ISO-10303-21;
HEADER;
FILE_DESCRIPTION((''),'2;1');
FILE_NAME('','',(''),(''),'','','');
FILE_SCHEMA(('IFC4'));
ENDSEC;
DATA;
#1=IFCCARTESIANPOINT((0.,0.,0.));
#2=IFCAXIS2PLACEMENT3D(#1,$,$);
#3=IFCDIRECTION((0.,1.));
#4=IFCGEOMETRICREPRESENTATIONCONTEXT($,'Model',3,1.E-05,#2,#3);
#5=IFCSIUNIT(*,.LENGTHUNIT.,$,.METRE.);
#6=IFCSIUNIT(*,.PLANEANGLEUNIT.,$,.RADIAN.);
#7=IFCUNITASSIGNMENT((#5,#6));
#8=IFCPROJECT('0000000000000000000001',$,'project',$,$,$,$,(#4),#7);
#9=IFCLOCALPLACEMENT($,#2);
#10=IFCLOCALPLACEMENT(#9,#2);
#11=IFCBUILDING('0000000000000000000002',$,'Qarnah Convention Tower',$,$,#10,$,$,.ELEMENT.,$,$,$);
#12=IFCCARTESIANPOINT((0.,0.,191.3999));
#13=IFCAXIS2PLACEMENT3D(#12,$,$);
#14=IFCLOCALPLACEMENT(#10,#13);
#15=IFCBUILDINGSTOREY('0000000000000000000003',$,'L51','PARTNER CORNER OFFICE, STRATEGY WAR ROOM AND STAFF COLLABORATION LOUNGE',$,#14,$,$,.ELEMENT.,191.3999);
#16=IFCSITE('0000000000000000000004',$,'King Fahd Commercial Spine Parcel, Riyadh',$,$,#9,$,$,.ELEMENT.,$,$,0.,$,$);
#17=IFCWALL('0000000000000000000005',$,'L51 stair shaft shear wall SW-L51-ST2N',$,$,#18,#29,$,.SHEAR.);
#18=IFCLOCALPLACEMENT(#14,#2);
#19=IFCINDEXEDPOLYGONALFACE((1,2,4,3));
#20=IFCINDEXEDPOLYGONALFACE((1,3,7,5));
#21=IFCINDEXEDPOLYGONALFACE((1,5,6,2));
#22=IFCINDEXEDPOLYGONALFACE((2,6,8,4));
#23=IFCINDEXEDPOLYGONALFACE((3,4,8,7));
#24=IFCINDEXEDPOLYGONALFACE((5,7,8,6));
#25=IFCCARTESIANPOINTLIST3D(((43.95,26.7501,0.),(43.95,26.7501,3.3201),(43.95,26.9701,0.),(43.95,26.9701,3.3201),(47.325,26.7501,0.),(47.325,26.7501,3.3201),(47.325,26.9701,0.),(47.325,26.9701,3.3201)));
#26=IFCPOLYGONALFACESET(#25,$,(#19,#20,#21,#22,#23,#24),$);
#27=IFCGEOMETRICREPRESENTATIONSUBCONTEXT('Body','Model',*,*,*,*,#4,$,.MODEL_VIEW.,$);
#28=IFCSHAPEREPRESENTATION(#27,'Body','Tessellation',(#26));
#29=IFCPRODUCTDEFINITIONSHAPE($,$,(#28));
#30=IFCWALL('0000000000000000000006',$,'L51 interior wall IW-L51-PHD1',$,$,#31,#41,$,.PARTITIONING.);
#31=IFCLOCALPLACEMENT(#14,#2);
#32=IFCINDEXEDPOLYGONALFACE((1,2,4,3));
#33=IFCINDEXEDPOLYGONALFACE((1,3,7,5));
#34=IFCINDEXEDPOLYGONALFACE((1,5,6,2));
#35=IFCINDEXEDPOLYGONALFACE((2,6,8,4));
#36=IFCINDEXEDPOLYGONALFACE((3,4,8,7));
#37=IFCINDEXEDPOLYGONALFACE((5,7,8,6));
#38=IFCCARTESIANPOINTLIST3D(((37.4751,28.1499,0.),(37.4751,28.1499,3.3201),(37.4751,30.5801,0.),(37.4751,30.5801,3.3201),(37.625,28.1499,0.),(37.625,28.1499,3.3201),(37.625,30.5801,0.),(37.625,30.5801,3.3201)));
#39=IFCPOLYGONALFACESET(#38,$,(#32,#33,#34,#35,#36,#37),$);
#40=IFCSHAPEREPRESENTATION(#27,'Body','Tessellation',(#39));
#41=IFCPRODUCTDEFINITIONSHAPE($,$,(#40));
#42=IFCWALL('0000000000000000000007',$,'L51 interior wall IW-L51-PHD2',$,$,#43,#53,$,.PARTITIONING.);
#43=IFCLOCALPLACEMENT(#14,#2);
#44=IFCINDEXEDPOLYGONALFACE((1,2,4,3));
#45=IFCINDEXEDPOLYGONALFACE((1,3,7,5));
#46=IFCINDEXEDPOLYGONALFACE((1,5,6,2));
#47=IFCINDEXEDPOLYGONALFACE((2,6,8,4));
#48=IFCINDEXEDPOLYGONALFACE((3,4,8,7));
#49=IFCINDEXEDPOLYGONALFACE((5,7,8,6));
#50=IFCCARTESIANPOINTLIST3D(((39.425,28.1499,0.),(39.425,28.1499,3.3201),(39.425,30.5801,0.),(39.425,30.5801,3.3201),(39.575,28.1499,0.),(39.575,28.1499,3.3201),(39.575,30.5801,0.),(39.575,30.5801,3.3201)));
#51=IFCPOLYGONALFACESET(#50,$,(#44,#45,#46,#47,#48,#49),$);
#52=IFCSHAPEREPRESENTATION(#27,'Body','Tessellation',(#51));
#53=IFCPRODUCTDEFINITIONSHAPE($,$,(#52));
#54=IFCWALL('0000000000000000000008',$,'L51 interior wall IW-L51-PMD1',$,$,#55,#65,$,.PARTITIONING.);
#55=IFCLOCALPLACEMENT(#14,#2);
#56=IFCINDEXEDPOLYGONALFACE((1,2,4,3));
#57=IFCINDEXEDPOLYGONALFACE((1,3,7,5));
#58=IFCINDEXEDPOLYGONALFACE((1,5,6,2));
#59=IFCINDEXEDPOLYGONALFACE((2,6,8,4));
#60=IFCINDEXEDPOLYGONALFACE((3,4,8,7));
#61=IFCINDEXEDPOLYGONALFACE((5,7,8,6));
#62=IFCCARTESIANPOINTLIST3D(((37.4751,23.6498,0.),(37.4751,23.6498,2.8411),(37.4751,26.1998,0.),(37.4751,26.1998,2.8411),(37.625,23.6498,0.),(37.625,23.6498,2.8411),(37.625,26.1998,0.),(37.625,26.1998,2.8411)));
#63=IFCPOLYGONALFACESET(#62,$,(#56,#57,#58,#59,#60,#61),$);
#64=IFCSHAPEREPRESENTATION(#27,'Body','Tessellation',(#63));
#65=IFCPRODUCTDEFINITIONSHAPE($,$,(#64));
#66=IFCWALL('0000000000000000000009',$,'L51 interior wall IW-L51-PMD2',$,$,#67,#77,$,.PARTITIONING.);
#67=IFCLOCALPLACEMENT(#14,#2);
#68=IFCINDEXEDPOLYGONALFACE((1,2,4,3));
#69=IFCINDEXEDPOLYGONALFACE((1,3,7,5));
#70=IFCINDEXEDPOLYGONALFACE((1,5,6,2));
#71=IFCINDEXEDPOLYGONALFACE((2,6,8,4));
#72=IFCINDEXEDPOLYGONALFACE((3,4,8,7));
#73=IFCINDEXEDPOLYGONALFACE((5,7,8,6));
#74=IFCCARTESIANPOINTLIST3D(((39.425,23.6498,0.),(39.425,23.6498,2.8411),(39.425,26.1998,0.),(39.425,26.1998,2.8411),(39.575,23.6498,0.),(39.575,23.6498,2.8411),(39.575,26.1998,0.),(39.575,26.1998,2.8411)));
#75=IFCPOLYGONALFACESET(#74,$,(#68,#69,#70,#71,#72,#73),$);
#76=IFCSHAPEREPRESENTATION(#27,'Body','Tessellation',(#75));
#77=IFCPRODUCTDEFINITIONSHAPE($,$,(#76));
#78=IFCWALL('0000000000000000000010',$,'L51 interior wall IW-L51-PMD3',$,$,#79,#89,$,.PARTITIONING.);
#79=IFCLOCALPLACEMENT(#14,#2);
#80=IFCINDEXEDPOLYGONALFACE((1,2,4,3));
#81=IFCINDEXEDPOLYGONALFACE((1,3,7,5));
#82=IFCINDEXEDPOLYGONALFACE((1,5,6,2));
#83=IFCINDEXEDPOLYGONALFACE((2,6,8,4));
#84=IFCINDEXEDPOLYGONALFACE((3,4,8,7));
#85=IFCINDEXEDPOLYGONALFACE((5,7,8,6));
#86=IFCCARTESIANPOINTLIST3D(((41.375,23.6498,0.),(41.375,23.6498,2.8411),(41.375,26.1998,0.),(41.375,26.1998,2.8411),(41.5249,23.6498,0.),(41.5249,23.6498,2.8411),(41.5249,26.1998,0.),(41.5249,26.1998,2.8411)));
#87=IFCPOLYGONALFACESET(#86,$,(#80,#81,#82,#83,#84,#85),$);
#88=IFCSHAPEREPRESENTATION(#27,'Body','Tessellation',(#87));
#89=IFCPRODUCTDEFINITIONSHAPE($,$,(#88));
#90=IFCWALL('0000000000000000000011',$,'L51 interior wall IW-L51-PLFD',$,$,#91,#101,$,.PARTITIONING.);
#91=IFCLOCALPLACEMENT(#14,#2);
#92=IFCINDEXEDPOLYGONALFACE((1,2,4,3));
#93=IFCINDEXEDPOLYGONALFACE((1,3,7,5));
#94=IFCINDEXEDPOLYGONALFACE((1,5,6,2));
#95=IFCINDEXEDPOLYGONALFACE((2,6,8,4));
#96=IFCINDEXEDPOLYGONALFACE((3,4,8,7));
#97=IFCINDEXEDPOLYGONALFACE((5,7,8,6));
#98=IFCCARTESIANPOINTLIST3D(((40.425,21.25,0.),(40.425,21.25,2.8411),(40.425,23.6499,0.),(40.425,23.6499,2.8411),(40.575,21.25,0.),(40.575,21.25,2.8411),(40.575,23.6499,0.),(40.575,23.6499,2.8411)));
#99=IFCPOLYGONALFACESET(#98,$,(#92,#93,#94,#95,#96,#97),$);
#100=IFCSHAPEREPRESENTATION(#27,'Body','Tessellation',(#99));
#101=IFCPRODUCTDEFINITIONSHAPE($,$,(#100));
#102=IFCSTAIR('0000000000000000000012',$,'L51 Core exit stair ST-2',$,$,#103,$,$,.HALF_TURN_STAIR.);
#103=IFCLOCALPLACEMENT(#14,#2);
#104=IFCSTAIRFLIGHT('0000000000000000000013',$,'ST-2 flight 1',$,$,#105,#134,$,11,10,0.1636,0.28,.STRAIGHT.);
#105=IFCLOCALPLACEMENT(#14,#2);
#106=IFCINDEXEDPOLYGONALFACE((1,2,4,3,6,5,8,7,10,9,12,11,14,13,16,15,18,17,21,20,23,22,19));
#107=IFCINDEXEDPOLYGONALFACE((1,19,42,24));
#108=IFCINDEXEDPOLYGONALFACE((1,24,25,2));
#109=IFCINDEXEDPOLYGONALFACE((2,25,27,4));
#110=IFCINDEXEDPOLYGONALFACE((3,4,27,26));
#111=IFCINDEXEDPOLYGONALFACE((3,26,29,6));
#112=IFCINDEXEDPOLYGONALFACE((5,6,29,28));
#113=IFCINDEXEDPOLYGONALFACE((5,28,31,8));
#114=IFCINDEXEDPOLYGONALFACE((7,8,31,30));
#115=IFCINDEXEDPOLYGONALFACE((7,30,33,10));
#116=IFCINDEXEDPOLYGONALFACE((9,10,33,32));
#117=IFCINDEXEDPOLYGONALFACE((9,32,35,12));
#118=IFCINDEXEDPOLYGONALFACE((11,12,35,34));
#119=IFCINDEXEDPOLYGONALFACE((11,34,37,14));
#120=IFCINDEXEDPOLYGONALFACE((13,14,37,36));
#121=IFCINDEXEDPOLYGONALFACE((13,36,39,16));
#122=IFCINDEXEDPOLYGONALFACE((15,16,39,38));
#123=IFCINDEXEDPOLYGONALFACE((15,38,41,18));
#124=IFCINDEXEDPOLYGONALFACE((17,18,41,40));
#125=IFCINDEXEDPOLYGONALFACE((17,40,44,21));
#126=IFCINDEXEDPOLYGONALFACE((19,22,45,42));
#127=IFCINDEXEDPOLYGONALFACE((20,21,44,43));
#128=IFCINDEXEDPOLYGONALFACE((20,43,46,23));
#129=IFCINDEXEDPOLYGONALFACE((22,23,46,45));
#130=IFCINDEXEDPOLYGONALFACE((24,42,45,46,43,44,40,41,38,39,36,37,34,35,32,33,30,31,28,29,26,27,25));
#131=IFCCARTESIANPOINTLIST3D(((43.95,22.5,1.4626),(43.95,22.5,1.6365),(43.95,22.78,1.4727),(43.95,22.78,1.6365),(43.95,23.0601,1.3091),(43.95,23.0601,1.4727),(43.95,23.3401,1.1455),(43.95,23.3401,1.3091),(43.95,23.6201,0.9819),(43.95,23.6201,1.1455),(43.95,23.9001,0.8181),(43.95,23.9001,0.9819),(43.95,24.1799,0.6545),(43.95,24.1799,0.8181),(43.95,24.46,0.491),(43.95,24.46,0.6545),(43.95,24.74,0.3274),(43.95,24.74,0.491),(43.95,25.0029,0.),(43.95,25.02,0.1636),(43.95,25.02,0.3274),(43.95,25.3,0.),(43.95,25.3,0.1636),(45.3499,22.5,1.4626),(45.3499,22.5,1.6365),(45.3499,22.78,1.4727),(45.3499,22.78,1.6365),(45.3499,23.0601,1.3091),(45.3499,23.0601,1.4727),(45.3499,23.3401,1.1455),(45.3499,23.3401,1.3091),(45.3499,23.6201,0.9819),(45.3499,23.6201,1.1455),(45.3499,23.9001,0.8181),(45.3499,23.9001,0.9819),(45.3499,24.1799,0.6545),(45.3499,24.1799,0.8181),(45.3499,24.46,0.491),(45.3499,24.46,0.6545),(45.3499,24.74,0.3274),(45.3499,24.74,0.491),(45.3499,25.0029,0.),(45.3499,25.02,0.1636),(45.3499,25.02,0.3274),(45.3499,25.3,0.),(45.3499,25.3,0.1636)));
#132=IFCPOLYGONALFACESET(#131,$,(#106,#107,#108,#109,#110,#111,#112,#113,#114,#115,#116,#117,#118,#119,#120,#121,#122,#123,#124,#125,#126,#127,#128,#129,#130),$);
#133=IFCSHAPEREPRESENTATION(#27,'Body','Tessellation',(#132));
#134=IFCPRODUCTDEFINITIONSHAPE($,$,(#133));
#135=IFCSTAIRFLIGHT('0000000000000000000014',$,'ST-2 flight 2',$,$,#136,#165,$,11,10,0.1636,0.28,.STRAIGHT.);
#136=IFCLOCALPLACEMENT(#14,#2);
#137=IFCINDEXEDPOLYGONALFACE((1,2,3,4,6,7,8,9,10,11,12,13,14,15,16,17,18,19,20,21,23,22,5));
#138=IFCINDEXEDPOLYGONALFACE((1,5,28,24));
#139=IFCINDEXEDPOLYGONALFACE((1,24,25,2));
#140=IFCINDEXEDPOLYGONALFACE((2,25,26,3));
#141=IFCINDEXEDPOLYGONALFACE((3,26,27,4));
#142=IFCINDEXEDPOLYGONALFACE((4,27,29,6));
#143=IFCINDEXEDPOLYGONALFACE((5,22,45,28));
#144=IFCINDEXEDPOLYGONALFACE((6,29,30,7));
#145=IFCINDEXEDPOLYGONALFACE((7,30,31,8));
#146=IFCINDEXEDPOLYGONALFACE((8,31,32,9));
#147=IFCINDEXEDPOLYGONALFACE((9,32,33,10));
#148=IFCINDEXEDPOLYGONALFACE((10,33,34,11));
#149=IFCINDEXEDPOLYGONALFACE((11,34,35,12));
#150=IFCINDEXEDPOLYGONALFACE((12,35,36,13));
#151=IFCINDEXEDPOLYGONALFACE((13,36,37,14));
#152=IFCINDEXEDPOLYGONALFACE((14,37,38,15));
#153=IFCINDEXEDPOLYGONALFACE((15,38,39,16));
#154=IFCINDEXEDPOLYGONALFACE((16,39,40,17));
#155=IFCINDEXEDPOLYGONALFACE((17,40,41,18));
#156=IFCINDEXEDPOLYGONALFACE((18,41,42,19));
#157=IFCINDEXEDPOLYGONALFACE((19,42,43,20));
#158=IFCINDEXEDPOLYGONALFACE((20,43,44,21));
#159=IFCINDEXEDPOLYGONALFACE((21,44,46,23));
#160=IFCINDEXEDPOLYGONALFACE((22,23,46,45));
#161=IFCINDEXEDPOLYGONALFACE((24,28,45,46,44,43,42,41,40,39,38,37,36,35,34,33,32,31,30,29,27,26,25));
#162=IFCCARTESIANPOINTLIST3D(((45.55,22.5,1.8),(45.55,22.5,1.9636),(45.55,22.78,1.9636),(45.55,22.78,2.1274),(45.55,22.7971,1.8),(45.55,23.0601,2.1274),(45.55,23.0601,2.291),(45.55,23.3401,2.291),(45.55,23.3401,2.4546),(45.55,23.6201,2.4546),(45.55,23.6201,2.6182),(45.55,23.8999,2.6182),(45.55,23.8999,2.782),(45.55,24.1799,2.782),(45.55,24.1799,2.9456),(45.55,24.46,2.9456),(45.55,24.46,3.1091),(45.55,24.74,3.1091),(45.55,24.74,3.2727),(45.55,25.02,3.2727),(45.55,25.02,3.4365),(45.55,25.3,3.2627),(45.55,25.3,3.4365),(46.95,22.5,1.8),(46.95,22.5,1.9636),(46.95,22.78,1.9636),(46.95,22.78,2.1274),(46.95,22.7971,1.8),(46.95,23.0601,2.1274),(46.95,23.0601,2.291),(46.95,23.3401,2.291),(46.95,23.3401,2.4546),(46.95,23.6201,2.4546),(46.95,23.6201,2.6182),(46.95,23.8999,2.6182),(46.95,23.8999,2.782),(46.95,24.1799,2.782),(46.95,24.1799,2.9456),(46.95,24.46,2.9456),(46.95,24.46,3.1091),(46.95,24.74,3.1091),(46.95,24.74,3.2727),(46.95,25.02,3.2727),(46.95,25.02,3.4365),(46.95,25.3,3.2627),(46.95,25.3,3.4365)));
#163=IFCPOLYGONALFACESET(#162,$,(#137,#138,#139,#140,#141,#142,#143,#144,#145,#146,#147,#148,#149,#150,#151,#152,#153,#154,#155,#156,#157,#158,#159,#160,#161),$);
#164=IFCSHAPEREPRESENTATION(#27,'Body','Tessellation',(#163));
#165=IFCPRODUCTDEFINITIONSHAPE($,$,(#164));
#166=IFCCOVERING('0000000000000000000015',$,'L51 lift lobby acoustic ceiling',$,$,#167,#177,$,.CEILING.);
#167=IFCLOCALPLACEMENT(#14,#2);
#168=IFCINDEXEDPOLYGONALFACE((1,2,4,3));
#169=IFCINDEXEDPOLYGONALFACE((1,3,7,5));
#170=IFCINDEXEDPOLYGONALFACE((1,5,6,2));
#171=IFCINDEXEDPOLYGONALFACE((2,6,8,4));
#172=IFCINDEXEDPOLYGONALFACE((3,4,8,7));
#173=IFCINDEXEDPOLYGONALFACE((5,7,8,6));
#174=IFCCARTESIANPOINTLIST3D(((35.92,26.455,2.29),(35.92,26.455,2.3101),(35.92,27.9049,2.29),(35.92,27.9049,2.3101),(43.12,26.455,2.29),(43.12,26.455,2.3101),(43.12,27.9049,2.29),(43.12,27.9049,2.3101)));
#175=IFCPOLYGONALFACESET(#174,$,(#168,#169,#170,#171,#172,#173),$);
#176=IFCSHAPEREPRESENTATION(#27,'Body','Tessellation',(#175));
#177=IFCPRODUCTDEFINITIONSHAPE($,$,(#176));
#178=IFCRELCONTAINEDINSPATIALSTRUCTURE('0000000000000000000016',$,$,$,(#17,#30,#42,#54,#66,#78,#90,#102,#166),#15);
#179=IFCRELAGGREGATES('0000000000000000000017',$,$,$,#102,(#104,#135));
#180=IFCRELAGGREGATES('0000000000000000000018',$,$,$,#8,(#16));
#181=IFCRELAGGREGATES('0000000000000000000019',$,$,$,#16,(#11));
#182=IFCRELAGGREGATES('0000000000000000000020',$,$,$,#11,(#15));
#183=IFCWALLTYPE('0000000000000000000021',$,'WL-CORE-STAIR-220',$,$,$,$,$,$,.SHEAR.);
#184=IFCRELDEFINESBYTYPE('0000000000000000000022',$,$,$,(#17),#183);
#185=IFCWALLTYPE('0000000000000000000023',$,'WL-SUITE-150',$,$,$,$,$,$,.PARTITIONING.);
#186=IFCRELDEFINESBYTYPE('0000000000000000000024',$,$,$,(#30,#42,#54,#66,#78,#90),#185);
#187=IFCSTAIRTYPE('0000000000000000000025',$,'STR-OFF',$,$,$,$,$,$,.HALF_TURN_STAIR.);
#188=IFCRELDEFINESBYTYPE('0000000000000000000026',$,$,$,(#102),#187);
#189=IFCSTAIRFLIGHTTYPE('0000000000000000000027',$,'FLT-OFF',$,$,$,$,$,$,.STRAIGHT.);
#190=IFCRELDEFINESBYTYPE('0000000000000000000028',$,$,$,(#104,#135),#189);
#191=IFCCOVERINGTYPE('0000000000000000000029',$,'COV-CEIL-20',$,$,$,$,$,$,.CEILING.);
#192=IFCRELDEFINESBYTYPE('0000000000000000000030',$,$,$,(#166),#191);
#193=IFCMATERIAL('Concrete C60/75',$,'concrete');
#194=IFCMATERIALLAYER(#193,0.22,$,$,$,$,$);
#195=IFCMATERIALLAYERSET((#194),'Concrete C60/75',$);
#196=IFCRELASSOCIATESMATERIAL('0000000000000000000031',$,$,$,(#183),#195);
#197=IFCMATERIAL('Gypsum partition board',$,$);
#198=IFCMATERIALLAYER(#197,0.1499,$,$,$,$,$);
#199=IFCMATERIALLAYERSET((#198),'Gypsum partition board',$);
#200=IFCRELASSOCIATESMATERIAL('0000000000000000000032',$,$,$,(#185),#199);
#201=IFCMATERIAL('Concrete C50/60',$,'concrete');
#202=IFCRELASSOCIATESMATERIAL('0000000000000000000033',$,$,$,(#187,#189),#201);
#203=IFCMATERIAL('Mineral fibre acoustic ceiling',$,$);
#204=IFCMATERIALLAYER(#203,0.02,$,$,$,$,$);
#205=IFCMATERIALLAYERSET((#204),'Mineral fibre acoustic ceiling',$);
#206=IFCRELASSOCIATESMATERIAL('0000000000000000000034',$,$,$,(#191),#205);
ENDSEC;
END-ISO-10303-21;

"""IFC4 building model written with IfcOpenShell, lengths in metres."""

from ifc_helpers import new_model, si_unit, direction, frame, frame_2d, origin, origin_2d, place, context, subcontext, project, spatial, polyline, rectangle, outline, extrude, material, layer, layer_set, type_object, element, aggregate, save


model = new_model("IFC4")

# Units and contexts
model_context = context("Model", 3, precision=1e-05, world=origin(), true_north=direction((0.0, 1.0)))
body_context = subcontext(model_context, "Body", "Model", "MODEL_VIEW")
ifc_project = project(units=[si_unit("LENGTHUNIT", "METRE"), si_unit("PLANEANGLEUNIT", "RADIAN")], contexts=[model_context])

# Site, building, storey
site_placement = place(None, origin())
site = spatial("IfcSite", under=ifc_project, at=site_placement, Name="King Fahd Commercial Spine Parcel, Riyadh", CompositionType="ELEMENT", RefElevation=0.0)
building_placement = place(site_placement, origin())
building = spatial("IfcBuilding", under=site, at=building_placement, Name="Qarnah Convention Tower", CompositionType="ELEMENT")
storey_placement = place(building_placement, frame((0.0, 0.0, 191.3999)))
storey = spatial("IfcBuildingStorey", under=building, at=storey_placement, Name="L51", Description="PARTNER CORNER OFFICE, STRATEGY WAR ROOM AND STAFF COLLABORATION LOUNGE", CompositionType="ELEMENT", Elevation=191.3999)

# Shared definitions
ifc_material_1 = material(Name="Concrete C50/60", Category="concrete")

# Walls
ifc_material_2 = material(Name="Concrete C60/75", Category="concrete")
ifc_layer_1 = layer(ifc_material_2, 0.22)
ifc_layer_set_1 = layer_set([ifc_layer_1], Name="Concrete C60/75")
wall_type_1 = type_object("IfcWallType", Name="WL-CORE-STAIR-220", PredefinedType="SHEAR", material=ifc_layer_set_1)
wall_1_placement = place(storey_placement, frame((43.95, 26.8601, 0.0), z_axis=(0.0, 0.0, 1.0), x_axis=(1.0, 0.0, 0.0)))
element("IfcWall", 1, at=wall_1_placement, inside=storey, type_object=wall_type_1, Name="L51 stair shaft shear wall SW-L51-ST2N", PredefinedType="SHEAR", context=body_context, shape_type="SweptSolid", body=[
    extrude(rectangle(XDim=3.375, YDim=0.22, at=frame_2d((1.6875, 0.0))), origin(), (0.0, 0.0, 1.0), 3.3201),
])
ifc_material_3 = material(Name="Gypsum partition board")
ifc_layer_2 = layer(ifc_material_3, 0.1499)
ifc_layer_set_2 = layer_set([ifc_layer_2], Name="Gypsum partition board")
wall_type_2 = type_object("IfcWallType", Name="WL-SUITE-150", PredefinedType="PARTITIONING", material=ifc_layer_set_2)
for number, where, z_axis, x_axis, name in (
    (2, (37.55, 28.1499, 0.0), (0.0, 0.0, 1.0), (0.0, 1.0, 0.0), "L51 interior wall IW-L51-PHD1"),
    (3, (39.5, 28.1499, 0.0), (0.0, 0.0, 1.0), (0.0, 1.0, 0.0), "L51 interior wall IW-L51-PHD2"),
):
    element("IfcWall", number, at=place(storey_placement, frame(where, z_axis=z_axis, x_axis=x_axis)), inside=storey, type_object=wall_type_2, Name=name, PredefinedType="PARTITIONING", context=body_context, shape_type="SweptSolid", body=[
        extrude(rectangle(XDim=2.4302, YDim=0.1499, at=frame_2d((1.2151, 0.0))), origin(), (0.0, 0.0, 1.0), 3.3201),
    ])
for number, where, z_axis, x_axis, name in (
    (4, (37.55, 23.6499, 0.0), (0.0, 0.0, 1.0), (0.0, 1.0, 0.0), "L51 interior wall IW-L51-PMD1"),
    (5, (39.5, 23.6499, 0.0), (0.0, 0.0, 1.0), (0.0, 1.0, 0.0), "L51 interior wall IW-L51-PMD2"),
    (6, (41.45, 23.6499, 0.0), (0.0, 0.0, 1.0), (0.0, 1.0, 0.0), "L51 interior wall IW-L51-PMD3"),
):
    element("IfcWall", number, at=place(storey_placement, frame(where, z_axis=z_axis, x_axis=x_axis)), inside=storey, type_object=wall_type_2, Name=name, PredefinedType="PARTITIONING", context=body_context, shape_type="SweptSolid", body=[
        extrude(rectangle(XDim=2.55, YDim=0.1499, at=frame_2d((1.2749, 0.0))), origin(), (0.0, 0.0, 1.0), 2.8411),
    ])
wall_2_placement = place(storey_placement, frame((40.5, 21.25, 0.0), z_axis=(0.0, 0.0, 1.0), x_axis=(0.0, 1.0, 0.0)))
element("IfcWall", 7, at=wall_2_placement, inside=storey, type_object=wall_type_2, Name="L51 interior wall IW-L51-PLFD", PredefinedType="PARTITIONING", context=body_context, shape_type="SweptSolid", body=[
    extrude(rectangle(XDim=2.3999, YDim=0.1499, at=frame_2d((1.2, 0.0))), origin(), (0.0, 0.0, 1.0), 2.8411),
])

# Stair, stair flights
stair_type = type_object("IfcStairType", Name="STR-OFF", PredefinedType="HALF_TURN_STAIR", material=ifc_material_1)
stair_placement = place(storey_placement, origin())
stair = element("IfcStair", 8, at=stair_placement, inside=storey, type_object=stair_type, Name="L51 Core exit stair ST-2", PredefinedType="HALF_TURN_STAIR")
stair_flight_type = type_object("IfcStairFlightType", Name="FLT-OFF", PredefinedType="STRAIGHT", material=ifc_material_1)
stair_flight_1_placement = place(storey_placement, frame((44.6499, 25.3, 0.0), z_axis=(0.0, 0.0, 1.0), x_axis=(0.0, -1.0, 0.0)))
stair_flight_1 = element("IfcStairFlight", 9, at=stair_flight_1_placement, type_object=stair_flight_type, Name="ST-2 flight 1", NumberOfRisers=11, NumberOfTreads=10, PredefinedType="STRAIGHT", RiserHeight=0.1636, TreadLength=0.28, context=body_context, shape_type="SweptSolid", body=[
    extrude(outline(polyline([(0.0, 0.0), (0.0, 0.1636), (0.28, 0.1636), (0.28, 0.3274), (0.5601, 0.3274), (0.5601, 0.491), (0.8401, 0.491), (0.8401, 0.6545), (1.1201, 0.6545), (1.1201, 0.8181), (1.3999, 0.8181), (1.3999, 0.9819), (1.6799, 0.9819), (1.6799, 1.1455), (1.96, 1.1455), (1.96, 1.3091), (2.24, 1.3091), (2.24, 1.4727), (2.52, 1.4727), (2.52, 1.6365), (2.8, 1.6365), (2.8, 1.8), (2.8, 1.4626), (0.2971, 0.0), (0.0, 0.0)])), frame((0.0, 0.7, 0.0), z_axis=(0.0, -1.0, 0.0), x_axis=(1.0, 0.0, 0.0)), (0.0, 0.0, 1.0), 1.3999),
])
stair_flight_2_placement = place(storey_placement, frame((46.25, 22.5, 1.8), z_axis=(0.0, 0.0, 1.0), x_axis=(0.0, 1.0, 0.0)))
stair_flight_2 = element("IfcStairFlight", 10, at=stair_flight_2_placement, type_object=stair_flight_type, Name="ST-2 flight 2", NumberOfRisers=11, NumberOfTreads=10, PredefinedType="STRAIGHT", RiserHeight=0.1636, TreadLength=0.28, context=body_context, shape_type="SweptSolid", body=[
    extrude(outline(polyline([(0.0, 0.0), (0.0, 0.1636), (0.28, 0.1636), (0.28, 0.3274), (0.5601, 0.3274), (0.5601, 0.491), (0.8401, 0.491), (0.8401, 0.6545), (1.1201, 0.6545), (1.1201, 0.8181), (1.3999, 0.8181), (1.3999, 0.9819), (1.6799, 0.9819), (1.6799, 1.1455), (1.96, 1.1455), (1.96, 1.3091), (2.24, 1.3091), (2.24, 1.4727), (2.52, 1.4727), (2.52, 1.6365), (2.8, 1.6365), (2.8, 1.8), (2.8, 1.4626), (0.2971, 0.0), (0.0, 0.0)])), frame((0.0, 0.7, 0.0), z_axis=(0.0, -1.0, 0.0), x_axis=(1.0, 0.0, 0.0)), (0.0, 0.0, 1.0), 1.3999),
])
aggregate(stair, [stair_flight_1, stair_flight_2])

# Covering
ifc_material_4 = material(Name="Mineral fibre acoustic ceiling")
ifc_layer_3 = layer(ifc_material_4, 0.02)
ifc_layer_set_3 = layer_set([ifc_layer_3], Name="Mineral fibre acoustic ceiling")
covering_type = type_object("IfcCoveringType", Name="COV-CEIL-20", PredefinedType="CEILING", material=ifc_layer_set_3)
covering_placement = place(storey_placement, frame((39.52, 27.1799, 2.29), z_axis=(0.0, 0.0, 1.0), x_axis=(1.0, 0.0, 0.0)))
element("IfcCovering", 11, at=covering_placement, inside=storey, type_object=covering_type, Name="L51 lift lobby acoustic ceiling", PredefinedType="CEILING", context=body_context, shape_type="SweptSolid", body=[
    extrude(rectangle(XDim=7.2, YDim=1.45, at=origin_2d()), origin(), (0.0, 0.0, 1.0), 0.02),
])

save(model, "model.ifc")
